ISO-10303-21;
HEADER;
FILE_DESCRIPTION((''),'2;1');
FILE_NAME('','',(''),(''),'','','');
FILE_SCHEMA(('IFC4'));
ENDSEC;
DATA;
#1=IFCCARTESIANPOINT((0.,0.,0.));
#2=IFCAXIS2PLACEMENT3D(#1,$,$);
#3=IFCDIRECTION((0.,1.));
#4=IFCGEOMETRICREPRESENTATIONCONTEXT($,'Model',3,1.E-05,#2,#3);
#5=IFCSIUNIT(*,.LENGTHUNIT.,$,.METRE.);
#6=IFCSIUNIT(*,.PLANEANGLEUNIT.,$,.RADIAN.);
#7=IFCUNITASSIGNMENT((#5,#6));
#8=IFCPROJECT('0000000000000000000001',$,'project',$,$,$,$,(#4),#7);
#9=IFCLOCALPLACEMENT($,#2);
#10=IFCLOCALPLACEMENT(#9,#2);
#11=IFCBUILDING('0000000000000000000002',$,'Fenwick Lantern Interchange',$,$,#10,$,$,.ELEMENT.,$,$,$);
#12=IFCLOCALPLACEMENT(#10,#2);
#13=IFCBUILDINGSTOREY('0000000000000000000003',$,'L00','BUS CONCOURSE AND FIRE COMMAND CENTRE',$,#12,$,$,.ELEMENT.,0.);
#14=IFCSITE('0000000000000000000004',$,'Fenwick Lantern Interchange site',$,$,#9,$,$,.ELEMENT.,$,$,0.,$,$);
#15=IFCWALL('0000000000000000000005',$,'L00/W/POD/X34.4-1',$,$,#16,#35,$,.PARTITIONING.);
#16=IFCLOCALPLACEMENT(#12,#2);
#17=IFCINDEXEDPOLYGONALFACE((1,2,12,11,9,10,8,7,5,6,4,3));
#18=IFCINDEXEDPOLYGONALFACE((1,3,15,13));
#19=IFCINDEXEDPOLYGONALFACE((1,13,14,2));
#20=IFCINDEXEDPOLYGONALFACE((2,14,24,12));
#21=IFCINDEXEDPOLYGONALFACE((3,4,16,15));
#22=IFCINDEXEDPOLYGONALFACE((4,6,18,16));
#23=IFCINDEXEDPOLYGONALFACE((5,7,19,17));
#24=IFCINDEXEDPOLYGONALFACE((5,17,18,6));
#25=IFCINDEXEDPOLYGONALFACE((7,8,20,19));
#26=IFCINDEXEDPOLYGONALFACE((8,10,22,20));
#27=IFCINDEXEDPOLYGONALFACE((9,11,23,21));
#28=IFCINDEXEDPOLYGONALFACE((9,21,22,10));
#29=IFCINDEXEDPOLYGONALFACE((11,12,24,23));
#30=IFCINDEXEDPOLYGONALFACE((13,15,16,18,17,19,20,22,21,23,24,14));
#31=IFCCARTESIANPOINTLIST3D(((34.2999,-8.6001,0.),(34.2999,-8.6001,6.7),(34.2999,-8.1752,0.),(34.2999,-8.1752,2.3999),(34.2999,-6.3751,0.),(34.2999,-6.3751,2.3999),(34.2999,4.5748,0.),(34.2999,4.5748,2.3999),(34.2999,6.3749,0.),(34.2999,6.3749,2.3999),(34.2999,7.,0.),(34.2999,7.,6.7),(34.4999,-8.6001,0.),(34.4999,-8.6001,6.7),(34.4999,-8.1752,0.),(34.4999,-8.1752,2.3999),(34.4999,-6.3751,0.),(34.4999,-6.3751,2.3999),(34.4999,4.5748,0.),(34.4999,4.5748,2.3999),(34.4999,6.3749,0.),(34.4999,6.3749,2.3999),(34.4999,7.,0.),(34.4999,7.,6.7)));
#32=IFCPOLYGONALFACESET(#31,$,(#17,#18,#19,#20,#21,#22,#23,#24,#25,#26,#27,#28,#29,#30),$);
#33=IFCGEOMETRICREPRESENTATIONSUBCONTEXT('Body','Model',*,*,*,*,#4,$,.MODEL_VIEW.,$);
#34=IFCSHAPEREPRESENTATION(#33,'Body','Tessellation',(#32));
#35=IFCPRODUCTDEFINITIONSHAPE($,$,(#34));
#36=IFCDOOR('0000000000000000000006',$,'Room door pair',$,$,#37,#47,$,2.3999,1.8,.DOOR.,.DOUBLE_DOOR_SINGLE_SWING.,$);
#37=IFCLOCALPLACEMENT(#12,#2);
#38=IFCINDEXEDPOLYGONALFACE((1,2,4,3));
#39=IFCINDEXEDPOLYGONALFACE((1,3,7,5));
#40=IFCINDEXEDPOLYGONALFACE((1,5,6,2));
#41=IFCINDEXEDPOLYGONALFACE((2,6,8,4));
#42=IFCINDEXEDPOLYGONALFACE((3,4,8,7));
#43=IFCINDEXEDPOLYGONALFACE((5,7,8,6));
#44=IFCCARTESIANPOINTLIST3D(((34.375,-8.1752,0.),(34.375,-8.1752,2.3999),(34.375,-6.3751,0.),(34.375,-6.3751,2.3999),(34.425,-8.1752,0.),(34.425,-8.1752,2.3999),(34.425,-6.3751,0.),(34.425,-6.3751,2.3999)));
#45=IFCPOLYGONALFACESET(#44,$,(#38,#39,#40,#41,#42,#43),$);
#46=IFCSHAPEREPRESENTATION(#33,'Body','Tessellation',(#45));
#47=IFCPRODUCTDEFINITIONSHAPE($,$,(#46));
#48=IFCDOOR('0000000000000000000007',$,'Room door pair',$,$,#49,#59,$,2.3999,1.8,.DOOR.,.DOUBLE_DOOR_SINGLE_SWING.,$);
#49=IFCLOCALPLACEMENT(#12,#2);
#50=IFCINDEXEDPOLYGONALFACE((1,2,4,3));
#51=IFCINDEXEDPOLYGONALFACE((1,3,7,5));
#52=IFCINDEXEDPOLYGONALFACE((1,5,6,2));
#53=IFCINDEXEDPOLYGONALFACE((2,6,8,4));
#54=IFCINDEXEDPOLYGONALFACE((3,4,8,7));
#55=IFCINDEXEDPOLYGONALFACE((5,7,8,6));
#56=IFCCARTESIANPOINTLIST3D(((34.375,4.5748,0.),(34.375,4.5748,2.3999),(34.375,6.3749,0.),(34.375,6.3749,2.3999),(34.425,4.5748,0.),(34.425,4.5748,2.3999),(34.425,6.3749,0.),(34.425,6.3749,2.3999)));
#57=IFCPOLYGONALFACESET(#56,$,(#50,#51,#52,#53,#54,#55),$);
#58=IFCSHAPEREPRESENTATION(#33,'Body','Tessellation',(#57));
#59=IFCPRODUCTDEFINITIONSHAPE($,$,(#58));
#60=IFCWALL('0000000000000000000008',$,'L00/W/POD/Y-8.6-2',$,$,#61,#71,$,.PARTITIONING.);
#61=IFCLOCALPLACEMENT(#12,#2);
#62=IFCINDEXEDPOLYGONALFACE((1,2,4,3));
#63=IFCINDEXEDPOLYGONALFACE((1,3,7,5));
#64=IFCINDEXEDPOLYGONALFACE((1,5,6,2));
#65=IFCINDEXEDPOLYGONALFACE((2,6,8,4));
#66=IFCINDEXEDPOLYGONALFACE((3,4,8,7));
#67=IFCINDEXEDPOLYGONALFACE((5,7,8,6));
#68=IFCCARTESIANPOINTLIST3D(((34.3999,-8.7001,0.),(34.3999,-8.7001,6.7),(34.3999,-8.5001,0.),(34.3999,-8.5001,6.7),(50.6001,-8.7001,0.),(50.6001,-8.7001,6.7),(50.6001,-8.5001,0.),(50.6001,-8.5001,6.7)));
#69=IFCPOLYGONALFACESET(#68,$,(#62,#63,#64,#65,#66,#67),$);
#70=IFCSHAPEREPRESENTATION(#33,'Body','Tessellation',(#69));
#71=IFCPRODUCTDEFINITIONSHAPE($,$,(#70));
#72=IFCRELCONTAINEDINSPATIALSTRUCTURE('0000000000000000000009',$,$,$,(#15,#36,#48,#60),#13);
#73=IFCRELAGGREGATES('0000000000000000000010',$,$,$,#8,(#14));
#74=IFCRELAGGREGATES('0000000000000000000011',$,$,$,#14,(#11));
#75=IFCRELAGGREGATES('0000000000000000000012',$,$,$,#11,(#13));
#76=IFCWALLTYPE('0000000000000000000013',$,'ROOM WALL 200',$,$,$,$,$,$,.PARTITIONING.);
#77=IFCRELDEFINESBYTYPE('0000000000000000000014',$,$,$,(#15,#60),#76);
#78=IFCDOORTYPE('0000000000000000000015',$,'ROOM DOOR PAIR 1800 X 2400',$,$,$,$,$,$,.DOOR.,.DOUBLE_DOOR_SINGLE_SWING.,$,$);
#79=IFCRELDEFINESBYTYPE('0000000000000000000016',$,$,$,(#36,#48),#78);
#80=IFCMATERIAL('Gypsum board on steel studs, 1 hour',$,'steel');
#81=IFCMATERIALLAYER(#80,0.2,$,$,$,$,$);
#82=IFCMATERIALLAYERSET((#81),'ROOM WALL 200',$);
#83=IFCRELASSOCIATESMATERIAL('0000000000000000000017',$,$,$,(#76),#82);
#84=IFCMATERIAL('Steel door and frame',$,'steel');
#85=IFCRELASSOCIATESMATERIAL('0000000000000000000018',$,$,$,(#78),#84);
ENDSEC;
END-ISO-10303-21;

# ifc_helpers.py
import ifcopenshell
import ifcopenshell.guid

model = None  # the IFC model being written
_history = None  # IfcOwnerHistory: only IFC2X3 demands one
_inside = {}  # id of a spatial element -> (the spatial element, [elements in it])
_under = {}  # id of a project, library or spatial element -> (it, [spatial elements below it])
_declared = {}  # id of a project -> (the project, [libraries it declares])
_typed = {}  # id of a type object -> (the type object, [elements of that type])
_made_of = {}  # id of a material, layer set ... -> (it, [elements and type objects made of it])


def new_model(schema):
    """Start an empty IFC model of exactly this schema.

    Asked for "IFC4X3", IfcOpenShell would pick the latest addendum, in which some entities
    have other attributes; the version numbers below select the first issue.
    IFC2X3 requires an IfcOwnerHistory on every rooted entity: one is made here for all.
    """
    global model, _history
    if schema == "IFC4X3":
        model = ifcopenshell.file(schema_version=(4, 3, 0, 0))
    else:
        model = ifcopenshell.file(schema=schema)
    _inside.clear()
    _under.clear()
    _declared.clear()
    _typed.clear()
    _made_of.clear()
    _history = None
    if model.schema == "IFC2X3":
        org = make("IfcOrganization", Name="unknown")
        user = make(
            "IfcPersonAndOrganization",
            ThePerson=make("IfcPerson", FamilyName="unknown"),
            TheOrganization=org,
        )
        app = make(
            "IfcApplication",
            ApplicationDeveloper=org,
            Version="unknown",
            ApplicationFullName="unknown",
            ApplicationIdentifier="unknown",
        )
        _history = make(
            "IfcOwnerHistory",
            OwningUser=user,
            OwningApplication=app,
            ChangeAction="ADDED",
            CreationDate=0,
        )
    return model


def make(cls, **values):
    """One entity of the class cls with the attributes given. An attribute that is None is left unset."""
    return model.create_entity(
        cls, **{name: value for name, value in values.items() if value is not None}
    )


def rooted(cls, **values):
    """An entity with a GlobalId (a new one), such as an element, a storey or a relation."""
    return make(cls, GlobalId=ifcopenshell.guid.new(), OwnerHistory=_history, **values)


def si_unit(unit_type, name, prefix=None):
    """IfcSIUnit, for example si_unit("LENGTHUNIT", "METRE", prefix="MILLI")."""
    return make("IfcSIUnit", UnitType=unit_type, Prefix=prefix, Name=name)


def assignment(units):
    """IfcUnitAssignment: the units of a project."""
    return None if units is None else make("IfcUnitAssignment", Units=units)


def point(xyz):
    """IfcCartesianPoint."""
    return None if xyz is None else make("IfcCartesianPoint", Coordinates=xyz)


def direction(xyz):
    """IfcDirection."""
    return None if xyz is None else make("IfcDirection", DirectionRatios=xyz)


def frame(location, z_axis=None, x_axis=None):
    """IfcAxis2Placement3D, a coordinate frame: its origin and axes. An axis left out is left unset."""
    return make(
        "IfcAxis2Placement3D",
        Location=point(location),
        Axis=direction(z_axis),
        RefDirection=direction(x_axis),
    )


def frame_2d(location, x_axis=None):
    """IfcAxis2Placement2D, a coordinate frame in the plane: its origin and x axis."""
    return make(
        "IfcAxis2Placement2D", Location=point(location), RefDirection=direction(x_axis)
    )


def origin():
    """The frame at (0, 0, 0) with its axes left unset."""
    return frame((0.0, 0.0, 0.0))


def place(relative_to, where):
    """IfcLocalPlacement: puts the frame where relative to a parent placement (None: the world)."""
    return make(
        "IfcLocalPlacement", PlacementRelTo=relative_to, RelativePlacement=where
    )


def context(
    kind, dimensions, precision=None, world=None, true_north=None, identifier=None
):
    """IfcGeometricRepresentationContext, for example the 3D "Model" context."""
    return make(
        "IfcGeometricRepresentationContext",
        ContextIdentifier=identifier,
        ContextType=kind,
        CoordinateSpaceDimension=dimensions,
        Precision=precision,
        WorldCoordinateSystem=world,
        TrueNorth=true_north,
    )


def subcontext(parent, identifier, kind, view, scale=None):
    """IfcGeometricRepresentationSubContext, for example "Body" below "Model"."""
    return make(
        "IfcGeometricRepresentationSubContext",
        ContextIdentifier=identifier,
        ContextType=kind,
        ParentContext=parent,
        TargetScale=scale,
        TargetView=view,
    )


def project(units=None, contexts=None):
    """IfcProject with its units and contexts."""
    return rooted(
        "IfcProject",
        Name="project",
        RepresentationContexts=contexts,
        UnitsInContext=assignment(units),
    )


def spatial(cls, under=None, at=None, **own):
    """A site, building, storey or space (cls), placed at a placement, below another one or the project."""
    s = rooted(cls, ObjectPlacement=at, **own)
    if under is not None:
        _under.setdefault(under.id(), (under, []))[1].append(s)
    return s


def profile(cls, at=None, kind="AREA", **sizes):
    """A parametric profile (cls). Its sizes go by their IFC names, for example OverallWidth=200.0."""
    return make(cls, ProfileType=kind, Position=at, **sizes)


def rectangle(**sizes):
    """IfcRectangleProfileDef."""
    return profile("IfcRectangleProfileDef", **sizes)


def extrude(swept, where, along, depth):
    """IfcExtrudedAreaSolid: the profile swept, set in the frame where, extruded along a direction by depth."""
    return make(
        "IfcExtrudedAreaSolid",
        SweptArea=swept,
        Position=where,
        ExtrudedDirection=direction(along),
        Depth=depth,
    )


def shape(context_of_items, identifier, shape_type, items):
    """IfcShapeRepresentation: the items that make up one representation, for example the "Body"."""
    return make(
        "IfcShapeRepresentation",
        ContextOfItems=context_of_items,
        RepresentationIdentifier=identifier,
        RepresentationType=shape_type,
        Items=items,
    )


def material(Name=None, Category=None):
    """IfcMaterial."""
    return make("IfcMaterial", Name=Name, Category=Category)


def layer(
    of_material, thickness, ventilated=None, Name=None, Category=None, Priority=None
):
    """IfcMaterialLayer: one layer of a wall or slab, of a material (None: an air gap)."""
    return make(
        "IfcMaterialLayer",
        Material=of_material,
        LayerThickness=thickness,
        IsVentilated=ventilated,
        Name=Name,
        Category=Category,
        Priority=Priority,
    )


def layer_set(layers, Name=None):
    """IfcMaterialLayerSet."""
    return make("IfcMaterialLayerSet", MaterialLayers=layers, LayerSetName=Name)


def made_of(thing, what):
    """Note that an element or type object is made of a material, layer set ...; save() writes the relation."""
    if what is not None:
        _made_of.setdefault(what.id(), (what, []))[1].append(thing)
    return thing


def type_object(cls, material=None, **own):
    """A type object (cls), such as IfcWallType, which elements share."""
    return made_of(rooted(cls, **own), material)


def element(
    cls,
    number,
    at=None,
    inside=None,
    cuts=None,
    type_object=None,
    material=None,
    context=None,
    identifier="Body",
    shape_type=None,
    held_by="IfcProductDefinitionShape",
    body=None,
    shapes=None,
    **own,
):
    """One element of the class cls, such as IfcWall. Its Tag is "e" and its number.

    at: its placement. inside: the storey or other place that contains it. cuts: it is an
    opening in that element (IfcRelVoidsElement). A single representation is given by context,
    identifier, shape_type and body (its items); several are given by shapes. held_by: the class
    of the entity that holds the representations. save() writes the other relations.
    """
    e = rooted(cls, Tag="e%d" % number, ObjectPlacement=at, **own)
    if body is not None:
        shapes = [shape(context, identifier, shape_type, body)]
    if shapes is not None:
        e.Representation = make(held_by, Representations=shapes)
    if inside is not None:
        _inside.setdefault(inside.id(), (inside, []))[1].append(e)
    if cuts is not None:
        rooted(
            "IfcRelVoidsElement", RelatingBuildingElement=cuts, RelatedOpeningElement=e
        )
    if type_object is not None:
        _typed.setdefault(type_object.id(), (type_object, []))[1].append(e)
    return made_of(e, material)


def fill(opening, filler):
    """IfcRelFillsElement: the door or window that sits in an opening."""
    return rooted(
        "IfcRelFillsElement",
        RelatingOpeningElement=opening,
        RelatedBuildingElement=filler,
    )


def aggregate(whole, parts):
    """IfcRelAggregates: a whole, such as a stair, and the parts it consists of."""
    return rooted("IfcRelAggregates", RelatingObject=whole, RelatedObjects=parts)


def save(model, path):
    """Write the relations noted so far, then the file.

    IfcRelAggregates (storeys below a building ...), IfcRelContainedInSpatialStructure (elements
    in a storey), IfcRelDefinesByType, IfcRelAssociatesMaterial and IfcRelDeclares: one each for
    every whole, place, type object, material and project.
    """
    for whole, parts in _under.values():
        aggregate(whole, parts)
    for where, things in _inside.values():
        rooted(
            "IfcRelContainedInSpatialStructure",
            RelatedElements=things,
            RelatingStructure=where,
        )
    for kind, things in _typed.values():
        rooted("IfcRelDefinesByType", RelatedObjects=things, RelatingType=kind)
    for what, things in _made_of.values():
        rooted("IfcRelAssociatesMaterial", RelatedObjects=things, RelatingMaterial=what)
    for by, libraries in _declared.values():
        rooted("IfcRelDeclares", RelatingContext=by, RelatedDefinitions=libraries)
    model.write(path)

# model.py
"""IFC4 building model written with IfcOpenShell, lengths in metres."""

from ifc_helpers import new_model, si_unit, direction, frame, frame_2d, origin, place, context, subcontext, project, spatial, rectangle, extrude, material, layer, layer_set, type_object, element, fill, save


model = new_model("IFC4")

# Units and contexts
model_context = context("Model", 3, precision=1e-05, world=origin(), true_north=direction((0.0, 1.0)))
body_context = subcontext(model_context, "Body", "Model", "MODEL_VIEW")
ifc_project = project(units=[si_unit("LENGTHUNIT", "METRE"), si_unit("PLANEANGLEUNIT", "RADIAN")], contexts=[model_context])

# Site, building, storey
site_placement = place(None, origin())
site = spatial("IfcSite", under=ifc_project, at=site_placement, Name="Fenwick Lantern Interchange site", CompositionType="ELEMENT", RefElevation=0.0)
building_placement = place(site_placement, origin())
building = spatial("IfcBuilding", under=site, at=building_placement, Name="Fenwick Lantern Interchange", CompositionType="ELEMENT")
storey_placement = place(building_placement, origin())
storey = spatial("IfcBuildingStorey", under=building, at=storey_placement, Name="L00", Description="BUS CONCOURSE AND FIRE COMMAND CENTRE", CompositionType="ELEMENT", Elevation=0.0)

# Wall, openings, doors
ifc_material_1 = material(Name="Gypsum board on steel studs, 1 hour", Category="steel")
ifc_layer_1 = layer(ifc_material_1, 0.2)
ifc_layer_set_1 = layer_set([ifc_layer_1], Name="ROOM WALL 200")
wall_type_1 = type_object("IfcWallType", Name="ROOM WALL 200", PredefinedType="PARTITIONING", material=ifc_layer_set_1)
wall_1_placement = place(storey_placement, frame((34.3999, -8.6001, 0.0), z_axis=(0.0, 0.0, 1.0), x_axis=(0.0, 1.0, 0.0)))
wall_1 = element("IfcWall", 1, at=wall_1_placement, inside=storey, type_object=wall_type_1, Name="L00/W/POD/X34.4-1", PredefinedType="PARTITIONING", context=body_context, shape_type="SweptSolid", body=[
    extrude(rectangle(XDim=15.6001, YDim=0.2, at=frame_2d((7.8, 0.0))), origin(), (0.0, 0.0, 1.0), 6.7),
])
opening_1_placement = place(wall_1_placement, frame((0.425, 0.0, 0.0)))
opening_1 = element("IfcOpeningElement", 2, at=opening_1_placement, cuts=wall_1, PredefinedType="OPENING", context=body_context, shape_type="SweptSolid", body=[
    extrude(rectangle(XDim=1.8, YDim=2.3999, at=frame_2d((0.8999, 1.2))), frame((0.0, 0.1099, 0.0), z_axis=(0.0, -1.0, 0.0), x_axis=(1.0, 0.0, 0.0)), (0.0, 0.0, 1.0), 0.22),
])
opening_2_placement = place(wall_1_placement, frame((13.175, 0.0, 0.0)))
opening_2 = element("IfcOpeningElement", 3, at=opening_2_placement, cuts=wall_1, PredefinedType="OPENING", context=body_context, shape_type="SweptSolid", body=[
    extrude(rectangle(XDim=1.8, YDim=2.3999, at=frame_2d((0.8999, 1.2))), frame((0.0, 0.1099, 0.0), z_axis=(0.0, -1.0, 0.0), x_axis=(1.0, 0.0, 0.0)), (0.0, 0.0, 1.0), 0.22),
])
ifc_material_2 = material(Name="Steel door and frame", Category="steel")
door_type_1 = type_object("IfcDoorType", Name="ROOM DOOR PAIR 1800 X 2400", OperationType="DOUBLE_DOOR_SINGLE_SWING", PredefinedType="DOOR", material=ifc_material_2)
door_1_placement = place(opening_1_placement, origin())
door_1 = element("IfcDoor", 4, at=door_1_placement, inside=storey, type_object=door_type_1, Name="Room door pair", OperationType="DOUBLE_DOOR_SINGLE_SWING", OverallHeight=2.3999, OverallWidth=1.8, PredefinedType="DOOR", context=body_context, shape_type="SweptSolid", body=[
    extrude(rectangle(XDim=1.8, YDim=2.3999, at=frame_2d((0.8999, 1.2))), frame((0.0, 0.0249, 0.0), z_axis=(0.0, -1.0, 0.0), x_axis=(1.0, 0.0, 0.0)), (0.0, 0.0, 1.0), 0.05),
])
fill(opening_1, door_1)
door_2_placement = place(opening_2_placement, origin())
door_2 = element("IfcDoor", 5, at=door_2_placement, inside=storey, type_object=door_type_1, Name="Room door pair", OperationType="DOUBLE_DOOR_SINGLE_SWING", OverallHeight=2.3999, OverallWidth=1.8, PredefinedType="DOOR", context=body_context, shape_type="SweptSolid", body=[
    extrude(rectangle(XDim=1.8, YDim=2.3999, at=frame_2d((0.8999, 1.2))), frame((0.0, 0.0249, 0.0), z_axis=(0.0, -1.0, 0.0), x_axis=(1.0, 0.0, 0.0)), (0.0, 0.0, 1.0), 0.05),
])
fill(opening_2, door_2)

# Wall
wall_2_placement = place(storey_placement, frame((34.3999, -8.6001, 0.0), z_axis=(0.0, 0.0, 1.0), x_axis=(1.0, 0.0, 0.0)))
element("IfcWall", 6, at=wall_2_placement, inside=storey, type_object=wall_type_1, Name="L00/W/POD/Y-8.6-2", PredefinedType="PARTITIONING", context=body_context, shape_type="SweptSolid", body=[
    extrude(rectangle(XDim=16.2002, YDim=0.2, at=frame_2d((8.1001, 0.0))), origin(), (0.0, 0.0, 1.0), 6.7),
])

save(model, "model.ifc")
